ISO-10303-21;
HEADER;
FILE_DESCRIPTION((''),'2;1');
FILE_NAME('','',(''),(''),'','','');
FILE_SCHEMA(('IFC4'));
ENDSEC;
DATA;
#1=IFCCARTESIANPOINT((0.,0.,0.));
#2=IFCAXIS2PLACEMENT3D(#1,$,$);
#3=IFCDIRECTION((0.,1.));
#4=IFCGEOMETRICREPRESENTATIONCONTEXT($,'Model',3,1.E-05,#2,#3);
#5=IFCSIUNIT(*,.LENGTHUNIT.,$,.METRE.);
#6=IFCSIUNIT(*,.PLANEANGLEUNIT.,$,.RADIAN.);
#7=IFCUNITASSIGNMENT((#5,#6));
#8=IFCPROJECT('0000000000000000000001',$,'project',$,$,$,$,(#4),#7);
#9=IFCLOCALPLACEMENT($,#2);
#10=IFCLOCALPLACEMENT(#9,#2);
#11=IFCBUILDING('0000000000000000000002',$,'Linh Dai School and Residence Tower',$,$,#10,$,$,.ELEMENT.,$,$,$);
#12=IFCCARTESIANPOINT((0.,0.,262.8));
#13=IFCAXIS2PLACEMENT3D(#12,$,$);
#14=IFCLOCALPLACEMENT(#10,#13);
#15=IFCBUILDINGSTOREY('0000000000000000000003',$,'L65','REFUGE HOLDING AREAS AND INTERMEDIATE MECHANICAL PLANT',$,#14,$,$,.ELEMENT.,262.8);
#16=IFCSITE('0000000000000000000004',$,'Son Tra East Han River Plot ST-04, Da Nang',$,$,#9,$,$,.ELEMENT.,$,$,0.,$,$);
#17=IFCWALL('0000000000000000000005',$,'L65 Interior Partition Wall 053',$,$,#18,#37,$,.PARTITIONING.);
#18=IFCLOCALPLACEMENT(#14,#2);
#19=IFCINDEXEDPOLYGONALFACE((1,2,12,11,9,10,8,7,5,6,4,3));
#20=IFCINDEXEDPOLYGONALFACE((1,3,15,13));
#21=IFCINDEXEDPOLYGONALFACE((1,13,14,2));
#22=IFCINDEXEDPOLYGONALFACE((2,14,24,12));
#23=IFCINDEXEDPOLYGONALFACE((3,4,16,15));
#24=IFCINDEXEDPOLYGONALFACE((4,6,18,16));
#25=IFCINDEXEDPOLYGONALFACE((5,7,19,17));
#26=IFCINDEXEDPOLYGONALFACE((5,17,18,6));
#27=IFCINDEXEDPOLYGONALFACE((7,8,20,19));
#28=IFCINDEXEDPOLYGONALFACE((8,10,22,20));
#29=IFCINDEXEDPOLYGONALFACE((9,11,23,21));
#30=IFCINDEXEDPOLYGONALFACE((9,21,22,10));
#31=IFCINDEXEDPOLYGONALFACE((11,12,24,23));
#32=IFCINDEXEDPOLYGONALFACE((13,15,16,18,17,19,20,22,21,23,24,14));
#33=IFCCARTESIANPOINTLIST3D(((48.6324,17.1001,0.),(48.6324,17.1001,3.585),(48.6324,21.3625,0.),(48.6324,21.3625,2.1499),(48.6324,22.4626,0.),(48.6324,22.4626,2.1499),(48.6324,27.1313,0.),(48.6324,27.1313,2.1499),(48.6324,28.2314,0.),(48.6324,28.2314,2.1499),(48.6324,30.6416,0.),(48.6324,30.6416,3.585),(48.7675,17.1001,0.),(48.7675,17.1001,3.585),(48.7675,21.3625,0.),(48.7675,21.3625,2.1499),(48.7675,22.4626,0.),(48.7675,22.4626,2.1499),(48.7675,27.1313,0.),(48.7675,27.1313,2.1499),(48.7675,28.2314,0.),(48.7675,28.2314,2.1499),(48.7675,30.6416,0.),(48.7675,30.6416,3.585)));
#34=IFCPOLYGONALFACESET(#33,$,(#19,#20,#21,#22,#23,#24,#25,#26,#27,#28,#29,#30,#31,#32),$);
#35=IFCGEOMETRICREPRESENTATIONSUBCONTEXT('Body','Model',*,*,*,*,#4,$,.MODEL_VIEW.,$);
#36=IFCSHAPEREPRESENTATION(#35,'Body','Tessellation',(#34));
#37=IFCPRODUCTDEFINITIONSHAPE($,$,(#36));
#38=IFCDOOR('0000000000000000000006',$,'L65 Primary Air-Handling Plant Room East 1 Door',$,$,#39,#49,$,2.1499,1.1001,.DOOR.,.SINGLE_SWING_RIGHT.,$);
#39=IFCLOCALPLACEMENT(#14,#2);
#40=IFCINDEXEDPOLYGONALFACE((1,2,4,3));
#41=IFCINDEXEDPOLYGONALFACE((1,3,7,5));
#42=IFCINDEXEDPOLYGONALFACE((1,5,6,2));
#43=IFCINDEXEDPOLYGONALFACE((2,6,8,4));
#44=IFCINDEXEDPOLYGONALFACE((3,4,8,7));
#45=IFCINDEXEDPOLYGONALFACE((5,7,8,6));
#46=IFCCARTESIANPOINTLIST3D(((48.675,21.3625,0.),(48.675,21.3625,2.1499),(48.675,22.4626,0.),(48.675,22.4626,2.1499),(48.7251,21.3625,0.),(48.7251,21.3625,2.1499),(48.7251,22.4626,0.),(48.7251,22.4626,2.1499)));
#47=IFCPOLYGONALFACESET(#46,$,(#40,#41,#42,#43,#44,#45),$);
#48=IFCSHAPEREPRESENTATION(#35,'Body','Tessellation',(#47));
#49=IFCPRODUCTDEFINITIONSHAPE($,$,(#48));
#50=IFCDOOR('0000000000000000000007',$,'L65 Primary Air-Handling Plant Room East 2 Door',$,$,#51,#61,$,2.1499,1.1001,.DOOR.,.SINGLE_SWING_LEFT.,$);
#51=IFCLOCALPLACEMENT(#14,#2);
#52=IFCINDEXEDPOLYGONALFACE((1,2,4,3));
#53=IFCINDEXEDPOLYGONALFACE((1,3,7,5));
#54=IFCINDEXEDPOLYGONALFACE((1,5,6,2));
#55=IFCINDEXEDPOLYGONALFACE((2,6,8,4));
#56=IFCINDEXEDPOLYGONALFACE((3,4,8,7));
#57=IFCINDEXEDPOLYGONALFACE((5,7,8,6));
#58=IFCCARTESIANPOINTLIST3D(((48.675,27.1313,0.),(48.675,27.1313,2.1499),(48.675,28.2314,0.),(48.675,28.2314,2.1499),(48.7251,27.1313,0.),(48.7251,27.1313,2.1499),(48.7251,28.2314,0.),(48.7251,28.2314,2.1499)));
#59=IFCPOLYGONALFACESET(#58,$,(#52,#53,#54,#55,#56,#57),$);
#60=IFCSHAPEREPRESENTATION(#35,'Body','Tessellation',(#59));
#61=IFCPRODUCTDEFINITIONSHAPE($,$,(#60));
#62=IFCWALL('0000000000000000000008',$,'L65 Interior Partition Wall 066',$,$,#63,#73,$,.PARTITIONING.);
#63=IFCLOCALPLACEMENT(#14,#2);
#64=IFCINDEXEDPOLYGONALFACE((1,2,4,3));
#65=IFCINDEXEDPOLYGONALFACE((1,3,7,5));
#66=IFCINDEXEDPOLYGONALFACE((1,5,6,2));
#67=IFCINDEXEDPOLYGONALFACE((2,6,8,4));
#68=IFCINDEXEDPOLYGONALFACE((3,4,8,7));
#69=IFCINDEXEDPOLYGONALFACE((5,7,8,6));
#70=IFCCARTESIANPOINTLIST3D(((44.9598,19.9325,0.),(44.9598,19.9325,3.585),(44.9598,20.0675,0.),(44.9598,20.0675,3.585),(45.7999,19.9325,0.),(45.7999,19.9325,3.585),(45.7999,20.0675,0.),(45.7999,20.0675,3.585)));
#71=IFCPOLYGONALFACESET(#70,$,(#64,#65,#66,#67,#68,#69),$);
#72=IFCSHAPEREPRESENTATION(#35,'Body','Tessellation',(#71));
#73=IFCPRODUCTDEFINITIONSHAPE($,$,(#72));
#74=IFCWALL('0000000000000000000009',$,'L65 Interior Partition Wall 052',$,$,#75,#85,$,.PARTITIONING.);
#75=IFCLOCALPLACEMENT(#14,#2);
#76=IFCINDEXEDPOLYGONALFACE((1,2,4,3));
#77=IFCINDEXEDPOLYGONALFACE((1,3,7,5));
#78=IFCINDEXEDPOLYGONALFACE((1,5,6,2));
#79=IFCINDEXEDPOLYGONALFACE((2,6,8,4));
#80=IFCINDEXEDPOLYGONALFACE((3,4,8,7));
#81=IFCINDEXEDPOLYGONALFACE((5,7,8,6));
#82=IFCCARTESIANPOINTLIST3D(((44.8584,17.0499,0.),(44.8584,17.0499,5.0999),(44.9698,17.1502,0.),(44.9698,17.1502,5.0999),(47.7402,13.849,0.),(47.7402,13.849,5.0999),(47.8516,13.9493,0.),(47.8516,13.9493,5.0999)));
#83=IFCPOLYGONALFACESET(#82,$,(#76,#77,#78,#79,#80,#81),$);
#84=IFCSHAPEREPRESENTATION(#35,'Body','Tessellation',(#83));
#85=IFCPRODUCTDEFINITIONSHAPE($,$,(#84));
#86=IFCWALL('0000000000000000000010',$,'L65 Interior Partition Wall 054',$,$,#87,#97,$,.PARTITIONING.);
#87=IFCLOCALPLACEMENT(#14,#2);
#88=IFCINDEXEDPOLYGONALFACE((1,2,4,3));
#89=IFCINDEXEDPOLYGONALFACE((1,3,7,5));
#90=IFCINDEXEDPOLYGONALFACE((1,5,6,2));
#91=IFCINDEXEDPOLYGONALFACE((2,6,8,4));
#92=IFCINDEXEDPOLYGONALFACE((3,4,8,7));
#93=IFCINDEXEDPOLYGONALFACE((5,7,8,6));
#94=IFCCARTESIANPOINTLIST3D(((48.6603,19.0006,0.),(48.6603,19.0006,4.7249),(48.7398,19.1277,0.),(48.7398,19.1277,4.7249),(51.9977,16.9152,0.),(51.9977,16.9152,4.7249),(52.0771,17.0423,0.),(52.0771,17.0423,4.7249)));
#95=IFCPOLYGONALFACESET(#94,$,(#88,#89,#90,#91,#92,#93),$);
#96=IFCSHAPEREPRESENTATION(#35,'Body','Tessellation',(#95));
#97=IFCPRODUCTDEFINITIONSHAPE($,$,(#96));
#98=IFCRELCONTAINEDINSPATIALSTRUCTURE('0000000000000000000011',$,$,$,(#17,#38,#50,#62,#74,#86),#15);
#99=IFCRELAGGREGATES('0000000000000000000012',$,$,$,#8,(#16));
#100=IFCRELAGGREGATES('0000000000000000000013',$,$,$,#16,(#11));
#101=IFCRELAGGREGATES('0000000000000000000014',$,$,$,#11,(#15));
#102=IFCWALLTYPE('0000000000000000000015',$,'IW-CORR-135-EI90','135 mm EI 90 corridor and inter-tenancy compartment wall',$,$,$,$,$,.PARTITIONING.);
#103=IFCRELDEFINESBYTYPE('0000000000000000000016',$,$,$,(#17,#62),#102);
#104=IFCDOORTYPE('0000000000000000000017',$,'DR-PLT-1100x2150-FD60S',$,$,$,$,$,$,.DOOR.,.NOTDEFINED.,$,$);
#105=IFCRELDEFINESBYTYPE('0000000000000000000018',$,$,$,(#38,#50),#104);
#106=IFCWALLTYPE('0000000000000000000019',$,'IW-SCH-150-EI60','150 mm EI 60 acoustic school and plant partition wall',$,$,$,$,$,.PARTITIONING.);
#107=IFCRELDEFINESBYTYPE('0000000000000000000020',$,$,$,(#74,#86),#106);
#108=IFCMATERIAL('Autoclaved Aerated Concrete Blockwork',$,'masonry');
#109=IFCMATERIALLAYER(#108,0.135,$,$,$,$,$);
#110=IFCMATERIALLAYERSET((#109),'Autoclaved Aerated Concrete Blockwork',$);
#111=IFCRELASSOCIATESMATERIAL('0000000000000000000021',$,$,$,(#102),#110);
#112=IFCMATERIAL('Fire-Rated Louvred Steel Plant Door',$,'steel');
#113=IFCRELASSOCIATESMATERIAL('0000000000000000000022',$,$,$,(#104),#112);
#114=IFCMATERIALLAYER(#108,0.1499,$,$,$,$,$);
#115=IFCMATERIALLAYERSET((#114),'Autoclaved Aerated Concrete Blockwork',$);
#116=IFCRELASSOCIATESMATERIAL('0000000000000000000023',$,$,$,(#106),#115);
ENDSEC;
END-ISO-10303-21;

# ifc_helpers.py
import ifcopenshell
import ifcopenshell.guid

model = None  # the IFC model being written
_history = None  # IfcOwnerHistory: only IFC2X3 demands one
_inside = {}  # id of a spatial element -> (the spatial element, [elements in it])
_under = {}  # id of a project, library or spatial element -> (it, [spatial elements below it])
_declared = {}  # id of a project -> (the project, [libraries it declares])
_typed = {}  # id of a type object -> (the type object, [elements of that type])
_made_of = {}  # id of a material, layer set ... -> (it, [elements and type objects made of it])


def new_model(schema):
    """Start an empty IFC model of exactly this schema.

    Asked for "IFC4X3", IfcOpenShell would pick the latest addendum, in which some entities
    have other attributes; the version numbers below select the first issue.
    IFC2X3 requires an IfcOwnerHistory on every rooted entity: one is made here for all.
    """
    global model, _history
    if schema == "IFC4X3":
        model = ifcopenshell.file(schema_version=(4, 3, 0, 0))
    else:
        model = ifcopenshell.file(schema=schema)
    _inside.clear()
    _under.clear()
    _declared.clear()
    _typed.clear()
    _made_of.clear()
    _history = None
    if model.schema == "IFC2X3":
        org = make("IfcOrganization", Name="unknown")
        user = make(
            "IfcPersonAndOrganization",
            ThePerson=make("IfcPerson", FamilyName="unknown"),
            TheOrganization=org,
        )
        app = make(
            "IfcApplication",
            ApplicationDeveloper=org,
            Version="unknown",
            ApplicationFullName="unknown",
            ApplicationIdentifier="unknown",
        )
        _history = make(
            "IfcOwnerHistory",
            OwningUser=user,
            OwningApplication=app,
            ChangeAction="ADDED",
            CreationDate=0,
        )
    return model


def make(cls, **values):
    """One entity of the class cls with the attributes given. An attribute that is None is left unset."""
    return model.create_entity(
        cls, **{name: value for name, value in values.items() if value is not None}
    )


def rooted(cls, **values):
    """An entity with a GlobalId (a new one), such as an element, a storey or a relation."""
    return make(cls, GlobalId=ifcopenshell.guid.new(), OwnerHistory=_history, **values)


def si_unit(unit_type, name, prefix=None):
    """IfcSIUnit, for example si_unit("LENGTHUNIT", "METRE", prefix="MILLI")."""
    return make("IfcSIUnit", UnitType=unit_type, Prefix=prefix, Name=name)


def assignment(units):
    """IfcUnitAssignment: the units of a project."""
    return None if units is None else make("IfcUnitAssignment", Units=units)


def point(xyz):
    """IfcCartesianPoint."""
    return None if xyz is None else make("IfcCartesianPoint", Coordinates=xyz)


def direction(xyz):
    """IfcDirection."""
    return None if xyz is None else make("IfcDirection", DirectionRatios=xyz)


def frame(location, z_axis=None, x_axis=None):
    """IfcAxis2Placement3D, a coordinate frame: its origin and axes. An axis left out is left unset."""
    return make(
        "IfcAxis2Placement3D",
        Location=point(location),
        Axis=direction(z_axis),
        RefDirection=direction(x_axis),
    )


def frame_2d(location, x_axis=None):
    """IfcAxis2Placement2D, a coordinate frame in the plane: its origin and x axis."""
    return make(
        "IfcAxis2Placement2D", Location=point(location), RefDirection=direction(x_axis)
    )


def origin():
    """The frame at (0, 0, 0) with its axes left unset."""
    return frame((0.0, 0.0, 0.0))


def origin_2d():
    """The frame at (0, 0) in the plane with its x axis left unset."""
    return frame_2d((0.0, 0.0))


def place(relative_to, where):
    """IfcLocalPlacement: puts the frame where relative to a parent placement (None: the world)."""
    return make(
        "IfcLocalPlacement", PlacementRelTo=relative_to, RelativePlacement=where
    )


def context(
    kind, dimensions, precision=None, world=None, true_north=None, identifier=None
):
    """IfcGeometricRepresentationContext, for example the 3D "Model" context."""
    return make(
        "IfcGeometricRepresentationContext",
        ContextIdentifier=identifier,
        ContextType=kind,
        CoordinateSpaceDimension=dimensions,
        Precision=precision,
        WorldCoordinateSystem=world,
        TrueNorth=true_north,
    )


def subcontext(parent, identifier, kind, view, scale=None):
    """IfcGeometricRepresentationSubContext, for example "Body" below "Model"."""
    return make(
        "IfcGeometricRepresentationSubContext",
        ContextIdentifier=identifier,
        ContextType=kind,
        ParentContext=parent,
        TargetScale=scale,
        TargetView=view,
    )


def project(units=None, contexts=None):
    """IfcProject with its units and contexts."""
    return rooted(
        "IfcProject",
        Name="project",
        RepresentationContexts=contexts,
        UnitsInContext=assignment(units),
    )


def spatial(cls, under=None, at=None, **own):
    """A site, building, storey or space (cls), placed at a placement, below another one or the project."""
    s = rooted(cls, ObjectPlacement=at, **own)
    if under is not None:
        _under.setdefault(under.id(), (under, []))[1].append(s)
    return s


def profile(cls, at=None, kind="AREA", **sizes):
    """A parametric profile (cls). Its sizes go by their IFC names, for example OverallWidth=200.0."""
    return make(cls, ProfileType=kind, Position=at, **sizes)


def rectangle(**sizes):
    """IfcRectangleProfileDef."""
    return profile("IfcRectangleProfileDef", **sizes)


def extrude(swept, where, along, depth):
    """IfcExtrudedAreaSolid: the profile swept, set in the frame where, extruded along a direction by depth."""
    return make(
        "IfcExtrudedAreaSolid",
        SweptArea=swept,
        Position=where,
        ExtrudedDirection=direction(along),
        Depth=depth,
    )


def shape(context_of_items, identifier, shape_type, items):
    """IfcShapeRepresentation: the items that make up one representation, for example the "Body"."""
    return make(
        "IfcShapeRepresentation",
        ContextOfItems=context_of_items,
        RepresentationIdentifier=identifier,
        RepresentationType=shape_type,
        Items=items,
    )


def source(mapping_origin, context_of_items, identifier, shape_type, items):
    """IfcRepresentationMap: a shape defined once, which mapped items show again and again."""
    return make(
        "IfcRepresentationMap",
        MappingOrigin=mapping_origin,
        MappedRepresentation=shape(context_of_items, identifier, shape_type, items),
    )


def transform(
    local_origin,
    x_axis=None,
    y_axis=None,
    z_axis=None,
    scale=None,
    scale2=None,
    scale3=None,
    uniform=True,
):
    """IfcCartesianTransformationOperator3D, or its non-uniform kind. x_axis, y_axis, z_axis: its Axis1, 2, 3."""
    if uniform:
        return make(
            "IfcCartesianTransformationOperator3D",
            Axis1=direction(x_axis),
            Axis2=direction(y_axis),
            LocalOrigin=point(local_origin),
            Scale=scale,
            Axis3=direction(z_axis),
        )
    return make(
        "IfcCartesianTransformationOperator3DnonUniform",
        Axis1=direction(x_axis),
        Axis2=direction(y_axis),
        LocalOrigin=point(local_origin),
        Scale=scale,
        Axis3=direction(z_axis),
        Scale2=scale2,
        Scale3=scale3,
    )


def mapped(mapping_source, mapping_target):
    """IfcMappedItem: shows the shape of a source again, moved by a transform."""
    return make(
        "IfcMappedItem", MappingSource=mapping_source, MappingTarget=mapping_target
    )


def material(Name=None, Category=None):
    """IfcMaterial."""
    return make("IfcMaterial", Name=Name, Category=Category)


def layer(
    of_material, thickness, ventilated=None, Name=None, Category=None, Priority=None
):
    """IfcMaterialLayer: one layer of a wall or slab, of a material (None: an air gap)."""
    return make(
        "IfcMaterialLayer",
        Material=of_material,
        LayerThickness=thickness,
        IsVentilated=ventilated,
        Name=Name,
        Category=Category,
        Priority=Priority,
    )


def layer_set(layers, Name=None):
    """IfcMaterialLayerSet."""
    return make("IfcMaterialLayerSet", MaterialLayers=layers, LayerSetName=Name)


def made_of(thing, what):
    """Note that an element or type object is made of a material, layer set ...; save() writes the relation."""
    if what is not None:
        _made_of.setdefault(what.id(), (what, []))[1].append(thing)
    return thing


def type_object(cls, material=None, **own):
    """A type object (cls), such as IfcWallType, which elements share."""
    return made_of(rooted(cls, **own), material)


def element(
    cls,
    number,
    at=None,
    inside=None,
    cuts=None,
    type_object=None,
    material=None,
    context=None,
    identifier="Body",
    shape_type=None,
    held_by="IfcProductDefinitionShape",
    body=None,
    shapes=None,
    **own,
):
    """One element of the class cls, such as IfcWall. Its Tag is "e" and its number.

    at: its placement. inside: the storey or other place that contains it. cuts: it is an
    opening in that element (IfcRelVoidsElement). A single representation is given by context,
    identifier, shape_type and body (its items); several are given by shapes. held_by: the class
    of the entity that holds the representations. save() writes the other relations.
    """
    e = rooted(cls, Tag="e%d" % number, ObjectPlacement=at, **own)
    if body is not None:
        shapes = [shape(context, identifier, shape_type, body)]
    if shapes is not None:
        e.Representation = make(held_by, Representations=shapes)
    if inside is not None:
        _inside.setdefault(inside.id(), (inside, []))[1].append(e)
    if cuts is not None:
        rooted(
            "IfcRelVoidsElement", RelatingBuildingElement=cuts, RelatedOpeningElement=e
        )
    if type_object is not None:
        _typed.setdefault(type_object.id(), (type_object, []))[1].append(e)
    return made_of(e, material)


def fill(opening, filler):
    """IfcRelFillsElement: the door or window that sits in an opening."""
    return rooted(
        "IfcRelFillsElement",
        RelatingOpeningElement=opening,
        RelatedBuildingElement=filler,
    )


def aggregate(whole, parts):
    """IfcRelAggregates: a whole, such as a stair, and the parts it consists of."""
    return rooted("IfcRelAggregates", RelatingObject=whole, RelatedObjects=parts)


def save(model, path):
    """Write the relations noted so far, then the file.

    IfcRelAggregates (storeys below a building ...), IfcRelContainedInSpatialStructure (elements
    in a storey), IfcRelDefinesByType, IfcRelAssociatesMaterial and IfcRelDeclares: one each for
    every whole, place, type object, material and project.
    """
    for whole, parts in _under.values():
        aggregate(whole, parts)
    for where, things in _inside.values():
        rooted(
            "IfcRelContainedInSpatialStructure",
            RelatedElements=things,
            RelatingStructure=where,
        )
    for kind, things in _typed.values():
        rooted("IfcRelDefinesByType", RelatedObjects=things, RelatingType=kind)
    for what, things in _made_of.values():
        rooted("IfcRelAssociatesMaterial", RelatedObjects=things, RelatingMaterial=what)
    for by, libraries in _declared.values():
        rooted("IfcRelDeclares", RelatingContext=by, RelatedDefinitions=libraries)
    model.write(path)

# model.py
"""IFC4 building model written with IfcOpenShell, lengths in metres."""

from ifc_helpers import new_model, si_unit, direction, frame, frame_2d, origin, origin_2d, place, context, subcontext, project, spatial, rectangle, extrude, source, transform, mapped, material, layer, layer_set, type_object, element, fill, save


model = new_model("IFC4")

# Units and contexts
model_context = context("Model", 3, precision=1e-05, world=origin(), true_north=direction((0.0, 1.0)))
body_context = subcontext(model_context, "Body", "Model", "MODEL_VIEW")
ifc_project = project(units=[si_unit("LENGTHUNIT", "METRE"), si_unit("PLANEANGLEUNIT", "RADIAN")], contexts=[model_context])

# Site, building, storey
site_placement = place(None, origin())
site = spatial("IfcSite", under=ifc_project, at=site_placement, Name="Son Tra East Han River Plot ST-04, Da Nang", CompositionType="ELEMENT", RefElevation=0.0)
building_placement = place(site_placement, origin())
building = spatial("IfcBuilding", under=site, at=building_placement, Name="Linh Dai School and Residence Tower", CompositionType="ELEMENT")
storey_placement = place(building_placement, frame((0.0, 0.0, 262.8)))
storey = spatial("IfcBuildingStorey", under=building, at=storey_placement, Name="L65", Description="REFUGE HOLDING AREAS AND INTERMEDIATE MECHANICAL PLANT", CompositionType="ELEMENT", Elevation=262.8)

# Wall, openings, doors
ifc_material_1 = material(Name="Autoclaved Aerated Concrete Blockwork", Category="masonry")
ifc_layer_1 = layer(ifc_material_1, 0.135)
ifc_layer_set_1 = layer_set([ifc_layer_1], Name="Autoclaved Aerated Concrete Blockwork")
wall_type_1 = type_object("IfcWallType", Name="IW-CORR-135-EI90", Description="135 mm EI 90 corridor and inter-tenancy compartment wall", PredefinedType="PARTITIONING", material=ifc_layer_set_1)
wall_1_placement = place(storey_placement, frame((48.7, 17.1001, 0.0), z_axis=(0.0, 0.0, 1.0), x_axis=(0.0, 1.0, 0.0)))
wall_1 = element("IfcWall", 1, at=wall_1_placement, inside=storey, type_object=wall_type_1, Name="L65 Interior Partition Wall 053", PredefinedType="PARTITIONING", context=body_context, shape_type="SweptSolid", body=[
    extrude(rectangle(XDim=13.5415, YDim=0.135, at=frame_2d((6.7708, 0.0))), origin(), (0.0, 0.0, 1.0), 3.585),
])
opening_1_placement = place(wall_1_placement, frame((4.2625, 0.0, 0.0)))
opening_1 = element("IfcOpeningElement", 2, at=opening_1_placement, cuts=wall_1, PredefinedType="OPENING", context=body_context, shape_type="SweptSolid", body=[
    extrude(rectangle(XDim=1.1001, YDim=2.1499, at=origin_2d()), frame((0.55, 0.0776, 1.075), z_axis=(0.0, -1.0, 0.0), x_axis=(1.0, 0.0, 0.0)), (0.0, 0.0, 1.0), 0.155),
])
opening_2_placement = place(wall_1_placement, frame((10.0312, 0.0, 0.0)))
opening_2 = element("IfcOpeningElement", 3, at=opening_2_placement, cuts=wall_1, PredefinedType="OPENING", context=body_context, shape_type="SweptSolid", body=[
    extrude(rectangle(XDim=1.1001, YDim=2.1499, at=origin_2d()), frame((0.55, 0.0776, 1.075), z_axis=(0.0, -1.0, 0.0), x_axis=(1.0, 0.0, 0.0)), (0.0, 0.0, 1.0), 0.155),
])
ifc_material_2 = material(Name="Fire-Rated Louvred Steel Plant Door", Category="steel")
door_type = type_object("IfcDoorType", Name="DR-PLT-1100x2150-FD60S", OperationType="NOTDEFINED", PredefinedType="DOOR", material=ifc_material_2)
shared_shape_1 = source(origin(), body_context, "Body", "SweptSolid", [
    extrude(rectangle(XDim=1.1001, YDim=2.1499, at=origin_2d()), frame((0.55, 0.0249, 1.075), z_axis=(0.0, -1.0, 0.0), x_axis=(1.0, 0.0, 0.0)), (0.0, 0.0, 1.0), 0.05),
])
door_1_placement = place(opening_1_placement, origin())
door_1 = element("IfcDoor", 4, at=door_1_placement, inside=storey, type_object=door_type, Name="L65 Primary Air-Handling Plant Room East 1 Door", OperationType="SINGLE_SWING_RIGHT", OverallHeight=2.1499, OverallWidth=1.1001, PredefinedType="DOOR", context=body_context, shape_type="MappedRepresentation", body=[
    mapped(shared_shape_1, transform((0.0, 0.0, 0.0), x_axis=(1.0, 0.0, 0.0), y_axis=(0.0, 1.0, 0.0), z_axis=(0.0, 0.0, 1.0), scale=1.0)),
])
fill(opening_1, door_1)
door_2_placement = place(opening_2_placement, origin())
door_2 = element("IfcDoor", 5, at=door_2_placement, inside=storey, type_object=door_type, Name="L65 Primary Air-Handling Plant Room East 2 Door", OperationType="SINGLE_SWING_LEFT", OverallHeight=2.1499, OverallWidth=1.1001, PredefinedType="DOOR", context=body_context, shape_type="MappedRepresentation", body=[
    mapped(shared_shape_1, transform((0.0, 0.0, 0.0), x_axis=(1.0, 0.0, 0.0), y_axis=(0.0, 1.0, 0.0), z_axis=(0.0, 0.0, 1.0), scale=1.0)),
])
fill(opening_2, door_2)

# Walls
wall_2_placement = place(storey_placement, frame((44.96, 20.0, 0.0), z_axis=(0.0, 0.0, 1.0), x_axis=(1.0, 0.0, 0.0)))
element("IfcWall", 6, at=wall_2_placement, inside=storey, type_object=wall_type_1, Name="L65 Interior Partition Wall 066", PredefinedType="PARTITIONING", context=body_context, shape_type="SweptSolid", body=[
    extrude(rectangle(XDim=0.8401, YDim=0.135, at=frame_2d((0.4199, 0.0))), origin(), (0.0, 0.0, 1.0), 3.585),
])
ifc_layer_2 = layer(ifc_material_1, 0.1499)
ifc_layer_set_2 = layer_set([ifc_layer_2], Name="Autoclaved Aerated Concrete Blockwork")
wall_type_2 = type_object("IfcWallType", Name="IW-SCH-150-EI60", Description="150 mm EI 60 acoustic school and plant partition wall", PredefinedType="PARTITIONING", material=ifc_layer_set_2)
wall_3_placement = place(storey_placement, frame((44.9141, 17.1001, 0.0), z_axis=(0.0, 0.0, 1.0), x_axis=(0.669093, -0.743179, 0.0)))
element("IfcWall", 7, at=wall_3_placement, inside=storey, type_object=wall_type_2, Name="L65 Interior Partition Wall 052", PredefinedType="PARTITIONING", context=body_context, shape_type="SweptSolid", body=[
    extrude(rectangle(XDim=4.3071, YDim=0.1499, at=frame_2d((2.1536, 0.0))), origin(), (0.0, 0.0, 1.0), 5.0999),
])
wall_4_placement = place(storey_placement, frame((48.7, 19.0642, 0.0), z_axis=(0.0, 0.0, 1.0), x_axis=(0.848047, -0.529921, 0.0)))
element("IfcWall", 8, at=wall_4_placement, inside=storey, type_object=wall_type_2, Name="L65 Interior Partition Wall 054", PredefinedType="PARTITIONING", context=body_context, shape_type="SweptSolid", body=[
    extrude(rectangle(XDim=3.9353, YDim=0.1499, at=frame_2d((1.9678, 0.0))), origin(), (0.0, 0.0, 1.0), 4.7249),
])

save(model, "model.ifc")
